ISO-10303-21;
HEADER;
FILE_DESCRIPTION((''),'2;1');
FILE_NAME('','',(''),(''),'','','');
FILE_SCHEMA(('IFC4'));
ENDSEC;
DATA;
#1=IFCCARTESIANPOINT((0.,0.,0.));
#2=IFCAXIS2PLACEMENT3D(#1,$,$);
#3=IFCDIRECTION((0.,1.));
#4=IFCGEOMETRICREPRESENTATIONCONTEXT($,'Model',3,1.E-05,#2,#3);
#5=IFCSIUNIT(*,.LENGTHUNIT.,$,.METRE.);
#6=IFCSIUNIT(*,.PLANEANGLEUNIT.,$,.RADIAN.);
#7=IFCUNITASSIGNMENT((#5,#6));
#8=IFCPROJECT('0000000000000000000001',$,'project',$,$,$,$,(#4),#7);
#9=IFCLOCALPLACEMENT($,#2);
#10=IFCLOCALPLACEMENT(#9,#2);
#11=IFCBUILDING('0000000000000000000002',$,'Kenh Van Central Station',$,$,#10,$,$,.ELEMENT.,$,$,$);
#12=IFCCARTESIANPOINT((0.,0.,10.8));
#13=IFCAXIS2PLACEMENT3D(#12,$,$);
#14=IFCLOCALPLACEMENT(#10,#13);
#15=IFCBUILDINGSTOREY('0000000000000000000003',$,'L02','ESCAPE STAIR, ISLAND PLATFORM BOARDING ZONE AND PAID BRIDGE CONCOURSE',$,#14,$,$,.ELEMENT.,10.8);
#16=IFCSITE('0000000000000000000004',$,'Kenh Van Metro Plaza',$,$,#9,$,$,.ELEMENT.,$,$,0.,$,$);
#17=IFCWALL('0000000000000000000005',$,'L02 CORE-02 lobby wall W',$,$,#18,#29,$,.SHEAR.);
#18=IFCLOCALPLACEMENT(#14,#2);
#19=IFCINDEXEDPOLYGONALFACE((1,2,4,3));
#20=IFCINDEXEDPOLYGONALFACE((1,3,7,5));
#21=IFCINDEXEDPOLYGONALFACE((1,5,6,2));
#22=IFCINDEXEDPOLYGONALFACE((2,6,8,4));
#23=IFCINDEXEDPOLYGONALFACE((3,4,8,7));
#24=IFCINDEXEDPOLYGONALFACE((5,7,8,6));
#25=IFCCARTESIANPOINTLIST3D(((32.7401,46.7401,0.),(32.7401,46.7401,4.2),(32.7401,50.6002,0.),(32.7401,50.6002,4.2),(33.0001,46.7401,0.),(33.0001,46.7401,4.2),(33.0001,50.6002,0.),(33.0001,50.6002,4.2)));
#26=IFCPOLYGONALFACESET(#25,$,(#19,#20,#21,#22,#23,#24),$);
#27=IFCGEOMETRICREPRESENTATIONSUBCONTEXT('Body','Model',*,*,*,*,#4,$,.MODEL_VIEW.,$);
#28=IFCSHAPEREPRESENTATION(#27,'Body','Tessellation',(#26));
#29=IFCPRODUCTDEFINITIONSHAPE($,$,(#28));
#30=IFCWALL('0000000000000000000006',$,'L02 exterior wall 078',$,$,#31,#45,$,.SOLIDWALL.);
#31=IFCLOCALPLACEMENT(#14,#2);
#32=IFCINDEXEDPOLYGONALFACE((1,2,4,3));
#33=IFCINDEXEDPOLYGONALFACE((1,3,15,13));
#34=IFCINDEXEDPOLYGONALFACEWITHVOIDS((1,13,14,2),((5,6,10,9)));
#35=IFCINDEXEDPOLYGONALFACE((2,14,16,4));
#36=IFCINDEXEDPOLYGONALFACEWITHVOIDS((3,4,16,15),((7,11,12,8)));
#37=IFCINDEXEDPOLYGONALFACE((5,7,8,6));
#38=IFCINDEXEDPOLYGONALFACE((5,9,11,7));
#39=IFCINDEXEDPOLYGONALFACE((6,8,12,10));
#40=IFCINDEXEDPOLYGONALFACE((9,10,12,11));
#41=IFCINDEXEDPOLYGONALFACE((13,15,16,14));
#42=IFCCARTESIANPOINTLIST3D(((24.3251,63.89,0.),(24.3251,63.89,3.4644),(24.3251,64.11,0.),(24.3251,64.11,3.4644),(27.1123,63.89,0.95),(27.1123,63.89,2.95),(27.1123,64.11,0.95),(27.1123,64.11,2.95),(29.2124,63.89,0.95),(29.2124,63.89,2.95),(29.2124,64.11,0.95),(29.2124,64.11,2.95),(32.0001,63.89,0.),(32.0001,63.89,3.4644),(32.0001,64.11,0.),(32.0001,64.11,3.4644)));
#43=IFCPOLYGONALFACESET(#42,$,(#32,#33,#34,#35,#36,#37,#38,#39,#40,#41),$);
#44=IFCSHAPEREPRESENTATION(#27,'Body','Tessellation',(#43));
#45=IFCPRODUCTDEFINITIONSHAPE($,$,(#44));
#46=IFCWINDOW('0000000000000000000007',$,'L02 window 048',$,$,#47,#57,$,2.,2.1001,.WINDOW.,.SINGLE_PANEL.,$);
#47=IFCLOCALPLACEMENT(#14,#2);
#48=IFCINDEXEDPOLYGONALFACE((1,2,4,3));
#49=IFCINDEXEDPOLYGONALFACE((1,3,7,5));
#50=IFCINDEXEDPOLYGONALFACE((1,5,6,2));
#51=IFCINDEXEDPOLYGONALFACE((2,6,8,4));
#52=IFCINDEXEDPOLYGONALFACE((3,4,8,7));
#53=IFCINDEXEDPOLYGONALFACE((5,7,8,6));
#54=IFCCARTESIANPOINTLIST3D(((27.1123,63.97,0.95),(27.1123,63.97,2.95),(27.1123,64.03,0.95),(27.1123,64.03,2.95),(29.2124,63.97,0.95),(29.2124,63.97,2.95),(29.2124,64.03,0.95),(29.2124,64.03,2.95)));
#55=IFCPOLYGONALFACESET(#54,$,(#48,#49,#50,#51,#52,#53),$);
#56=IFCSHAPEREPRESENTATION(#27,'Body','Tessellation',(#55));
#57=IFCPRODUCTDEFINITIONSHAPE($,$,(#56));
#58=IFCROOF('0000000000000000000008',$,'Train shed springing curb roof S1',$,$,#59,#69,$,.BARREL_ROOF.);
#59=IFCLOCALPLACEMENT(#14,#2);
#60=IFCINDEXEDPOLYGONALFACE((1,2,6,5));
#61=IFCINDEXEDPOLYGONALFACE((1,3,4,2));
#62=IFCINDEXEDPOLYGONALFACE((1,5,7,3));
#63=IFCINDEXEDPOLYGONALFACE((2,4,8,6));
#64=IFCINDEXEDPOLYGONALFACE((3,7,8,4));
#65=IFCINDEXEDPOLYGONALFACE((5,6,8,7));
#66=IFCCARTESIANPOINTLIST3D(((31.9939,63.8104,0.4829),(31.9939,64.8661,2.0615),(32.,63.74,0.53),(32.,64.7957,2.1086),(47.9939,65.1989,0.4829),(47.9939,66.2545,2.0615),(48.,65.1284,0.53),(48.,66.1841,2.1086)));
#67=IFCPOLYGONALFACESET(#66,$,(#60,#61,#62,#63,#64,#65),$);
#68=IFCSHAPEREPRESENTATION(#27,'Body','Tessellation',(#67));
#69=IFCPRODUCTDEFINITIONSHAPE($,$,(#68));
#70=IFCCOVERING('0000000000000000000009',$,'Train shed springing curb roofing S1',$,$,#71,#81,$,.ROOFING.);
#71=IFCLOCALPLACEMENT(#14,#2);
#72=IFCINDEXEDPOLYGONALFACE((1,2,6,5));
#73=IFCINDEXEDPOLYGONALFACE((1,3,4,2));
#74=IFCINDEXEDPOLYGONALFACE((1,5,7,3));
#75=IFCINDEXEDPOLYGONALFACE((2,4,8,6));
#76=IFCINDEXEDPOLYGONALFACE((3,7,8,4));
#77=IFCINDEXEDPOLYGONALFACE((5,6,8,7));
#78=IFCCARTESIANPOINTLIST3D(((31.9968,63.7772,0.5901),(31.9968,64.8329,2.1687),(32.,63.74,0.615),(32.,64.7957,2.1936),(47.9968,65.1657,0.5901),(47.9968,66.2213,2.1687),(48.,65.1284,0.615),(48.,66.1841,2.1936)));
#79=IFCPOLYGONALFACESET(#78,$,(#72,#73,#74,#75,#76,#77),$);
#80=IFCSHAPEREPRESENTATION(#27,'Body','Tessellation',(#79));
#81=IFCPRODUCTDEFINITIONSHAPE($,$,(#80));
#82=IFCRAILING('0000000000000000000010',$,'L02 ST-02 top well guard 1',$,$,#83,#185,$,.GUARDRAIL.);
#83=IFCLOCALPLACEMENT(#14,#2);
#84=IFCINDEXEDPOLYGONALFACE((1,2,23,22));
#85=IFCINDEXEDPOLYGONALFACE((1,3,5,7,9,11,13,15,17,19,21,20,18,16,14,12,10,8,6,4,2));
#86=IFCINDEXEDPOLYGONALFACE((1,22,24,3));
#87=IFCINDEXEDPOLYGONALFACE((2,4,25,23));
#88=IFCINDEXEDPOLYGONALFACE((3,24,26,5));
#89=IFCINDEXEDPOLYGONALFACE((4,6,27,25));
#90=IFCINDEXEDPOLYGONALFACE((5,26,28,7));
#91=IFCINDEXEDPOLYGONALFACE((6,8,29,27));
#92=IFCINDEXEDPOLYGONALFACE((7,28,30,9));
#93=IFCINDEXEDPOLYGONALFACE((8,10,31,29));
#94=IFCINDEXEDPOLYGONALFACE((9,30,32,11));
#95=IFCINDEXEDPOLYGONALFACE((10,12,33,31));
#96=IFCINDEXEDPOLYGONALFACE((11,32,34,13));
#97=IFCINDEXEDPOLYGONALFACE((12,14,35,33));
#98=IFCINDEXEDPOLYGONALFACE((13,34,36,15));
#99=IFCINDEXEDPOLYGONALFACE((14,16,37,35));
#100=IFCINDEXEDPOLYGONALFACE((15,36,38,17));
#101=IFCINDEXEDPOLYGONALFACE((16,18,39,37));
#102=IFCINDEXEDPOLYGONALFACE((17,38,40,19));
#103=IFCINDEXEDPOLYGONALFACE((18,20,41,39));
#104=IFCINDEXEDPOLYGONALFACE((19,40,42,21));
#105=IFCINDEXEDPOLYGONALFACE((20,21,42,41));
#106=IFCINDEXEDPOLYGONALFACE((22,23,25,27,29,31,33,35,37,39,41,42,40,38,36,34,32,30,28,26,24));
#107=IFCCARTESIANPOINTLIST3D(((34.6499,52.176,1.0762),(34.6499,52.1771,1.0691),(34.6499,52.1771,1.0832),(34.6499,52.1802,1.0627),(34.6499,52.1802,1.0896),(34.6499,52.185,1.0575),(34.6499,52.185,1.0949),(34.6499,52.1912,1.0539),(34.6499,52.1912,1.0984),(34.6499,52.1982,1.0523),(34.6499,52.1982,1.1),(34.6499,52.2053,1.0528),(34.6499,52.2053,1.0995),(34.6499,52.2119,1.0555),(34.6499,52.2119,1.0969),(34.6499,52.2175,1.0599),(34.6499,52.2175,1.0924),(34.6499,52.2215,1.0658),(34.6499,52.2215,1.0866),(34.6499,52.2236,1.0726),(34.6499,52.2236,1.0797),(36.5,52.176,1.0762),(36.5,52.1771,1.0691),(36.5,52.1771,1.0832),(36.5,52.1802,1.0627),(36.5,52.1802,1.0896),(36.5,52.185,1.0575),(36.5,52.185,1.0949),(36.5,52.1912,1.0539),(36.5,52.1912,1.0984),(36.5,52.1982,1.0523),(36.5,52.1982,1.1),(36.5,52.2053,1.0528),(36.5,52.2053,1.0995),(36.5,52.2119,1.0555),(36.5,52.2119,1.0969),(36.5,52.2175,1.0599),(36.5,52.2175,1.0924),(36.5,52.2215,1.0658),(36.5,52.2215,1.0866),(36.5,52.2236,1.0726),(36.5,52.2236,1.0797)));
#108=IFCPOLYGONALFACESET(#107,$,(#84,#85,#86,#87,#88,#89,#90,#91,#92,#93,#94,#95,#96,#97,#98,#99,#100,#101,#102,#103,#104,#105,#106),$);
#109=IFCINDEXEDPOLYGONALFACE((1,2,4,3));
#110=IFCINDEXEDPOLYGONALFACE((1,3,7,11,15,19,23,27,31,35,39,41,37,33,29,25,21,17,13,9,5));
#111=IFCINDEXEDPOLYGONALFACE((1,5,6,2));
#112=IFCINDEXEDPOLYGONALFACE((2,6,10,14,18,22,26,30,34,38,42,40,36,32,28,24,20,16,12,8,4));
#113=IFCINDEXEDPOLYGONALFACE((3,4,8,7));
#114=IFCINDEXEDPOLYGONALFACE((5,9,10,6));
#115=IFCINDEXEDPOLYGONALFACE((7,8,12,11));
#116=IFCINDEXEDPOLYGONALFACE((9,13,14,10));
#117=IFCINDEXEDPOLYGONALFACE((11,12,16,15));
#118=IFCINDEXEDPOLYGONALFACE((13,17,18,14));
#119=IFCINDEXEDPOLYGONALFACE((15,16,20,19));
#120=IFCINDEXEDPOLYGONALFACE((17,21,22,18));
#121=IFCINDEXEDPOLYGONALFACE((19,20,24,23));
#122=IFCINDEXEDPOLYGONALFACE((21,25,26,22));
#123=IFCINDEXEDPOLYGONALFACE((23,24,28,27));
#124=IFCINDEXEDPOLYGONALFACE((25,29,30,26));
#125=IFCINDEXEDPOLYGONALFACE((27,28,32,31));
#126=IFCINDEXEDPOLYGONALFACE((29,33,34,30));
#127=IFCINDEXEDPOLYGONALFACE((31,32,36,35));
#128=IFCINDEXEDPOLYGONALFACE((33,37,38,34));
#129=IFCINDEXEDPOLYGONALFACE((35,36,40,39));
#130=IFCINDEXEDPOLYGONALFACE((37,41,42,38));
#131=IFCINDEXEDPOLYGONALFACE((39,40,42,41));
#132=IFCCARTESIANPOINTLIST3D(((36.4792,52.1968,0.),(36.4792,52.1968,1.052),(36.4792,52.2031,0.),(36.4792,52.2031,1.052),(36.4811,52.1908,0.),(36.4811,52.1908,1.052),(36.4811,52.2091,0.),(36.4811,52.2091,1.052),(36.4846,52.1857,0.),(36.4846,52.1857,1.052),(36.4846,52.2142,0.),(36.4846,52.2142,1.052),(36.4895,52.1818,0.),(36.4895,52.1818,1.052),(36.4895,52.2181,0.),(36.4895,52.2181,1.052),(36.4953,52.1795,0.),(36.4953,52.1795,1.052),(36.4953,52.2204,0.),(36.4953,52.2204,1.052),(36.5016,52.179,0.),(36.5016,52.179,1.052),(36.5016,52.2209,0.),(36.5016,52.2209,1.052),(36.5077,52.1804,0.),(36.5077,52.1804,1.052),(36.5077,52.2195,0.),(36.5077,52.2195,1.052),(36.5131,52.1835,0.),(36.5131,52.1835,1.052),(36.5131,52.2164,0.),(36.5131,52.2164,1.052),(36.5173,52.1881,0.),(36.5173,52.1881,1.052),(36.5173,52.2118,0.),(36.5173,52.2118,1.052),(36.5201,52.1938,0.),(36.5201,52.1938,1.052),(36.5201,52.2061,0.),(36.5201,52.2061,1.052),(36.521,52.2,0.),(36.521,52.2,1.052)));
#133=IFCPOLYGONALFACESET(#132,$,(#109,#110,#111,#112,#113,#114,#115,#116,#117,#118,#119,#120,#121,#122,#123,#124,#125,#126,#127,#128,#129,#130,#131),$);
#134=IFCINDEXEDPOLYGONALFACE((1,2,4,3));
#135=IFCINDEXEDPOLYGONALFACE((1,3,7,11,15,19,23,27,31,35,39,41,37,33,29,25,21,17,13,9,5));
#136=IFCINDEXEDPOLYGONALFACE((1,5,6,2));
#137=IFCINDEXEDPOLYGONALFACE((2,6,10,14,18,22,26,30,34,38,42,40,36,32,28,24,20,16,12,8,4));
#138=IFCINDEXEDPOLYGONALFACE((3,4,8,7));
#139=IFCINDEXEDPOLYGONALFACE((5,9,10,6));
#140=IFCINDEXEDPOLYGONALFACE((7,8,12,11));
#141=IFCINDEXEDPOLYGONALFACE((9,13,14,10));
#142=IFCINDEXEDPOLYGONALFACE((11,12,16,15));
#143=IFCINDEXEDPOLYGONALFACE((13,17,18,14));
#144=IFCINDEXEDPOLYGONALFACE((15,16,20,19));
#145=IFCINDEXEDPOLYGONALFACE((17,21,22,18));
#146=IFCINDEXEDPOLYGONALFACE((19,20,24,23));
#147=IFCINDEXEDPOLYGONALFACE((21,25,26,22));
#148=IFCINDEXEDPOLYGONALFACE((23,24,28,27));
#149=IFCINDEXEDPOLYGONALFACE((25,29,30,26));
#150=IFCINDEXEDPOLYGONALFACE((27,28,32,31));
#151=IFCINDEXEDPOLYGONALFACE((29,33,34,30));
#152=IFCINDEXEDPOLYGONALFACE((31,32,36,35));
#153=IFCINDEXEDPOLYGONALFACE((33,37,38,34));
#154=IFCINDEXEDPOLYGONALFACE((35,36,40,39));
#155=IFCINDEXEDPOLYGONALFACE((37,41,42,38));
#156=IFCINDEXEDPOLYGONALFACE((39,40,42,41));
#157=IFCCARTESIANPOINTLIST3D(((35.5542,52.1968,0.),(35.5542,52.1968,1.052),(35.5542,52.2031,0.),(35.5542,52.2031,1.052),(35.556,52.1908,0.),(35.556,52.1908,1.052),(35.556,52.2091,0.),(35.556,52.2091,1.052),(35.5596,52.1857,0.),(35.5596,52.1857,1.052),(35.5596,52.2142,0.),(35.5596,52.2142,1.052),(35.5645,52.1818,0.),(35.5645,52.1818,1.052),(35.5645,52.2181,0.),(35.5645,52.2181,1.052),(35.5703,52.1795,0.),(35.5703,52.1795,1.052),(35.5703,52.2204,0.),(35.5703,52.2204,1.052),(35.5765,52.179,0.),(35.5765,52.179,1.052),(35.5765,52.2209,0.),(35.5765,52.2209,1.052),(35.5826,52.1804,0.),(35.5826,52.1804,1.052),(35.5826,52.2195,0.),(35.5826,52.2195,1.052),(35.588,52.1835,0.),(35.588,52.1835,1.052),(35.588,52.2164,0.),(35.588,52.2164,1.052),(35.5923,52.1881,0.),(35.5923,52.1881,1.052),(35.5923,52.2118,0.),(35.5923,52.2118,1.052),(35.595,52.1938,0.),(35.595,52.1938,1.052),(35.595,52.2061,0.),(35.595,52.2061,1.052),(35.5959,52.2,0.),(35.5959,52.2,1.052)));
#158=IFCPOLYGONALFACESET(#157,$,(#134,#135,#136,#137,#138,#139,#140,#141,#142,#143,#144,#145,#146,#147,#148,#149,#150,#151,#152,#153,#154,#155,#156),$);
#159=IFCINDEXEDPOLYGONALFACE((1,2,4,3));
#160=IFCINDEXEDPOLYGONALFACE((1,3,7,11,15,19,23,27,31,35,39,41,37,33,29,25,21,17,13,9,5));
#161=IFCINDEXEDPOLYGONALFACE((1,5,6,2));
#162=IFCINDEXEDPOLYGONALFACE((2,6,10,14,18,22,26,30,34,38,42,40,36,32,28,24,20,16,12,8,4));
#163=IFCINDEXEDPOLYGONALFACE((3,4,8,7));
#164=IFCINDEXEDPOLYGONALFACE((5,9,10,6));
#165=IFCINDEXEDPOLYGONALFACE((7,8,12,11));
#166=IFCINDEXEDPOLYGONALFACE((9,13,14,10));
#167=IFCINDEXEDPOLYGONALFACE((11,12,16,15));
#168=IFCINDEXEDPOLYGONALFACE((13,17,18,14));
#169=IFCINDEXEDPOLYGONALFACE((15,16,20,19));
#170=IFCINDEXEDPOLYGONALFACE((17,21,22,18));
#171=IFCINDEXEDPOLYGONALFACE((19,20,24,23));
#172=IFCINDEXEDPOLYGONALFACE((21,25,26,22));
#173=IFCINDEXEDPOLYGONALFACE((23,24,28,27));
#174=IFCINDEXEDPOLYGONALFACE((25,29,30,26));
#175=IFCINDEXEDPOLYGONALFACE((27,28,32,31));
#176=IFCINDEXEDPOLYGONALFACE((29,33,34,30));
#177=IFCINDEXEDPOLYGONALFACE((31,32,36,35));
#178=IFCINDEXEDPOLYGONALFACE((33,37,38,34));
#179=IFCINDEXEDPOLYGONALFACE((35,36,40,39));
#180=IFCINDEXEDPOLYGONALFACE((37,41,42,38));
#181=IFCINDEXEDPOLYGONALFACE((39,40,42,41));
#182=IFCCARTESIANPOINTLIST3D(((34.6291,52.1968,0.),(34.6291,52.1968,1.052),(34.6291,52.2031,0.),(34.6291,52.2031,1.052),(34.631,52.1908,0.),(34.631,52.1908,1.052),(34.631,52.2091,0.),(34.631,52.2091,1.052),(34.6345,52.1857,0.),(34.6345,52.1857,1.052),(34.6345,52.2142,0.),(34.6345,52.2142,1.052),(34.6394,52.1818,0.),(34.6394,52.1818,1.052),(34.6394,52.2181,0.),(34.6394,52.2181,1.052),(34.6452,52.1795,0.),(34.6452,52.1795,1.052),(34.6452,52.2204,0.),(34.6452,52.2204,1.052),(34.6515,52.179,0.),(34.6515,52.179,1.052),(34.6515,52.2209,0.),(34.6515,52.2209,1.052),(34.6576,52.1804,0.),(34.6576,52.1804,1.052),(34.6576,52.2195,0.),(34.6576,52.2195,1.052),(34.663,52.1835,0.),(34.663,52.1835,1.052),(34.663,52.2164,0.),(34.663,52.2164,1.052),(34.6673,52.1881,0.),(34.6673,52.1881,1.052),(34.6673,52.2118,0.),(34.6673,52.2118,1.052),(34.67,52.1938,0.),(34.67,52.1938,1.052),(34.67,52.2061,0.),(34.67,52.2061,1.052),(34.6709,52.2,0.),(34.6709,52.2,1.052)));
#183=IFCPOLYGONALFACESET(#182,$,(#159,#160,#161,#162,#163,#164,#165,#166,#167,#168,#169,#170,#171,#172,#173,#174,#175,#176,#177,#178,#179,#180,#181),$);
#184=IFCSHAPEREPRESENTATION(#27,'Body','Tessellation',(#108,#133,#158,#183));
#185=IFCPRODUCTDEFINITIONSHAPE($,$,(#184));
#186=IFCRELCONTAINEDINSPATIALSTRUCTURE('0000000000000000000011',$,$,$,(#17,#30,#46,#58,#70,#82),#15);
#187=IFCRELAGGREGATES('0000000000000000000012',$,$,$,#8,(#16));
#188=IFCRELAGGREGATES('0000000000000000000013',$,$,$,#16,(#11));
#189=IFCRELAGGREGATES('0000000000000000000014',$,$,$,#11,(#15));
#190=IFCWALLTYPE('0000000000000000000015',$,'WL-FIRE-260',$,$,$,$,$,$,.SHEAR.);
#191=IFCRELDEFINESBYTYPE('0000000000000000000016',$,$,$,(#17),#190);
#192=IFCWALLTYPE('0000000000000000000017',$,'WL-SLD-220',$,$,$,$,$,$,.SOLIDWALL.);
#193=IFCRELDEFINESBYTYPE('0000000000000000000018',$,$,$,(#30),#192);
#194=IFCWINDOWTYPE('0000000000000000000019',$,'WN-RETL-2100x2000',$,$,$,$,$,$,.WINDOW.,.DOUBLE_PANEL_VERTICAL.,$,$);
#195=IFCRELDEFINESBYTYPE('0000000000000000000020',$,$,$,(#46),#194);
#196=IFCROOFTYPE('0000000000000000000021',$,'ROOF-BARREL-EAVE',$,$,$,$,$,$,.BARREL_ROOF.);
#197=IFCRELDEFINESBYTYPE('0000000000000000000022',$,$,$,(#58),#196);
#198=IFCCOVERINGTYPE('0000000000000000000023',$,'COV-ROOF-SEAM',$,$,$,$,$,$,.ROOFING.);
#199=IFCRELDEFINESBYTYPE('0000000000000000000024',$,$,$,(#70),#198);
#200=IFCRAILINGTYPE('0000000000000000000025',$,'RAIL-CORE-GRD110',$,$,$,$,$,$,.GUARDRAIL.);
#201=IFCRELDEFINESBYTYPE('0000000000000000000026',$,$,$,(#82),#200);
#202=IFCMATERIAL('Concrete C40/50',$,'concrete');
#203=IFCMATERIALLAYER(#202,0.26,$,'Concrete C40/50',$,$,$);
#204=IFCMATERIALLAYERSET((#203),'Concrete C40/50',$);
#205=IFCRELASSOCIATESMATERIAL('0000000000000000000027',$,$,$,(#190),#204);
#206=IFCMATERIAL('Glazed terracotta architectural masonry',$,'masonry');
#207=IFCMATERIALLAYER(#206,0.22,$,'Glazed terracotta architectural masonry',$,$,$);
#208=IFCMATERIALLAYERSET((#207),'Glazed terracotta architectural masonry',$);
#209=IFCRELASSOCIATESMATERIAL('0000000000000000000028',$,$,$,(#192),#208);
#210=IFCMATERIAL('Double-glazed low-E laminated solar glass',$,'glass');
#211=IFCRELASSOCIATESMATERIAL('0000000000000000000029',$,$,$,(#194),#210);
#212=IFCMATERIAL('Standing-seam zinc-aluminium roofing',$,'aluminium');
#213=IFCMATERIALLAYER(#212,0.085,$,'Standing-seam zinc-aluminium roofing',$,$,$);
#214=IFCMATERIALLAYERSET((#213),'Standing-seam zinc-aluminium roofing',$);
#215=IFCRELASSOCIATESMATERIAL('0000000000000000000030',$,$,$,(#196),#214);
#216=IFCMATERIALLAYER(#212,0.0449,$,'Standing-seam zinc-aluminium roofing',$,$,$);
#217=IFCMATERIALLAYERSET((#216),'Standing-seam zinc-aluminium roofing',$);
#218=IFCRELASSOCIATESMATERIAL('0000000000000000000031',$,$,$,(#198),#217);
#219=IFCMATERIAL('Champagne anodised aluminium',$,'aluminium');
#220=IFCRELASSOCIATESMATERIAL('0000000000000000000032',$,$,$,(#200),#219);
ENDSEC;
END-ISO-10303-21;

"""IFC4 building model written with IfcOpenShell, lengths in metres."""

from ifc_helpers import new_model, si_unit, direction, frame, frame_2d, origin, origin_2d, place, context, subcontext, project, spatial, polyline, rectangle, circle, outline, extrude, material, layer, layer_set, type_object, element, fill, save


model = new_model("IFC4")

# Units and contexts
model_context = context("Model", 3, precision=1e-05, world=origin(), true_north=direction((0.0, 1.0)))
body_context = subcontext(model_context, "Body", "Model", "MODEL_VIEW")
ifc_project = project(units=[si_unit("LENGTHUNIT", "METRE"), si_unit("PLANEANGLEUNIT", "RADIAN")], contexts=[model_context])

# Site, building, storey
site_placement = place(None, origin())
site = spatial("IfcSite", under=ifc_project, at=site_placement, Name="Kenh Van Metro Plaza", CompositionType="ELEMENT", RefElevation=0.0)
building_placement = place(site_placement, origin())
building = spatial("IfcBuilding", under=site, at=building_placement, Name="Kenh Van Central Station", CompositionType="ELEMENT")
storey_placement = place(building_placement, frame((0.0, 0.0, 10.8)))
storey = spatial("IfcBuildingStorey", under=building, at=storey_placement, Name="L02", Description="ESCAPE STAIR, ISLAND PLATFORM BOARDING ZONE AND PAID BRIDGE CONCOURSE", CompositionType="ELEMENT", Elevation=10.8)

# Shared definitions
ifc_material_1 = material(Name="Double-glazed low-E laminated solar glass", Category="glass")

# Shared definitions
ifc_material_2 = material(Name="Concrete C40/50", Category="concrete")
ifc_material_3 = material(Name="Champagne anodised aluminium", Category="aluminium")

# Wall
ifc_layer_1 = layer(ifc_material_2, 0.26, Name="Concrete C40/50")
ifc_layer_set_1 = layer_set([ifc_layer_1], Name="Concrete C40/50")
wall_type_1 = type_object("IfcWallType", Name="WL-FIRE-260", PredefinedType="SHEAR", material=ifc_layer_set_1)
wall_1_placement = place(storey_placement, frame((32.8701, 46.74, 0.0), z_axis=(0.0, 0.0, 1.0), x_axis=(0.0, 1.0, 0.0)))
element("IfcWall", 1, at=wall_1_placement, inside=storey, type_object=wall_type_1, Name="L02 CORE-02 lobby wall W", PredefinedType="SHEAR", context=body_context, shape_type="SweptSolid", body=[
    extrude(rectangle(XDim=3.8601, YDim=0.26, at=frame_2d((1.9302, 0.0))), origin(), (0.0, 0.0, 1.0), 4.2),
])

# Wall, opening, window
ifc_material_4 = material(Name="Glazed terracotta architectural masonry", Category="masonry")
ifc_layer_2 = layer(ifc_material_4, 0.22, Name="Glazed terracotta architectural masonry")
ifc_layer_set_2 = layer_set([ifc_layer_2], Name="Glazed terracotta architectural masonry")
wall_type_2 = type_object("IfcWallType", Name="WL-SLD-220", PredefinedType="SOLIDWALL", material=ifc_layer_set_2)
wall_2_placement = place(storey_placement, frame((32.0, 64.0, 0.0), z_axis=(0.0, 0.0, 1.0), x_axis=(-1.0, 0.0, 0.0)))
wall_2 = element("IfcWall", 2, at=wall_2_placement, inside=storey, type_object=wall_type_2, Name="L02 exterior wall 078", PredefinedType="SOLIDWALL", context=body_context, shape_type="SweptSolid", body=[
    extrude(rectangle(XDim=7.675, YDim=0.22, at=frame_2d((3.8374, 0.0))), origin(), (0.0, 0.0, 1.0), 3.4644),
])
opening_1_placement = place(wall_2_placement, frame((2.7876, 0.0, 0.95)))
opening_1 = element("IfcOpeningElement", 3, at=opening_1_placement, cuts=wall_2, PredefinedType="OPENING", context=body_context, shape_type="SweptSolid", body=[
    extrude(rectangle(XDim=2.1001, YDim=2.0, at=frame_2d((1.05, 1.0))), frame((0.0, 0.1199, 0.0), z_axis=(0.0, -1.0, 0.0), x_axis=(1.0, 0.0, 0.0)), (0.0, 0.0, 1.0), 0.24),
])
window_type = type_object("IfcWindowType", Name="WN-RETL-2100x2000", PartitioningType="DOUBLE_PANEL_VERTICAL", PredefinedType="WINDOW", material=ifc_material_1)
window_placement = place(opening_1_placement, origin())
window = element("IfcWindow", 4, at=window_placement, inside=storey, type_object=window_type, Name="L02 window 048", OverallHeight=2.0, OverallWidth=2.1001, PartitioningType="SINGLE_PANEL", PredefinedType="WINDOW", context=body_context, shape_type="SweptSolid", body=[
    extrude(rectangle(XDim=2.1001, YDim=2.0, at=frame_2d((1.05, 1.0))), frame((0.0, 0.03, 0.0), z_axis=(0.0, -1.0, 0.0), x_axis=(1.0, 0.0, 0.0)), (0.0, 0.0, 1.0), 0.0601),
])
fill(opening_1, window)

# Roof
ifc_material_5 = material(Name="Standing-seam zinc-aluminium roofing", Category="aluminium")
ifc_layer_3 = layer(ifc_material_5, 0.085, Name="Standing-seam zinc-aluminium roofing")
ifc_layer_set_3 = layer_set([ifc_layer_3], Name="Standing-seam zinc-aluminium roofing")
roof_type = type_object("IfcRoofType", Name="ROOF-BARREL-EAVE", PredefinedType="BARREL_ROOF", material=ifc_layer_set_3)
roof_placement = place(storey_placement, frame((32.0, 63.74, 0.53), z_axis=(0.071947, -0.829104, 0.554446), x_axis=(0.996256, 0.086452, 0.0)))
element("IfcRoof", 5, at=roof_placement, inside=storey, type_object=roof_type, Name="Train shed springing curb roof S1", PredefinedType="BARREL_ROOF", context=body_context, shape_type="SweptSolid", body=[
    extrude(outline(polyline([(0.0, 0.0), (16.0601, 0.0), (16.1514, 1.8969), (0.0913, 1.8969), (0.0, 0.0)])), origin(), (0.0, 0.0, -1.0), 0.085),
])

# Covering
ifc_layer_4 = layer(ifc_material_5, 0.0449, Name="Standing-seam zinc-aluminium roofing")
ifc_layer_set_4 = layer_set([ifc_layer_4], Name="Standing-seam zinc-aluminium roofing")
covering_type = type_object("IfcCoveringType", Name="COV-ROOF-SEAM", PredefinedType="ROOFING", material=ifc_layer_set_4)
covering_placement = place(storey_placement, frame((32.0, 63.74, 0.615), z_axis=(0.071947, -0.829104, 0.554446), x_axis=(0.996256, 0.086452, 0.0)))
element("IfcCovering", 6, at=covering_placement, inside=storey, type_object=covering_type, Name="Train shed springing curb roofing S1", PredefinedType="ROOFING", context=body_context, shape_type="SweptSolid", body=[
    extrude(outline(polyline([(0.0, 0.0), (16.0601, 0.0), (16.1514, 1.8969), (0.0913, 1.8969), (0.0, 0.0)])), origin(), (0.0, 0.0, -1.0), 0.0449),
])

# Railing
railing_type_1 = type_object("IfcRailingType", Name="RAIL-CORE-GRD110", PredefinedType="GUARDRAIL", material=ifc_material_3)
railing_1_placement = place(storey_placement, frame((36.5, 52.2, 0.0)))
element("IfcRailing", 7, at=railing_1_placement, inside=storey, type_object=railing_type_1, Name="L02 ST-02 top well guard 1", PredefinedType="GUARDRAIL", context=body_context, shape_type="SweptSolid", body=[
    extrude(circle(Radius=0.0239, at=origin_2d()), frame((0.0, 0.0, 1.0762), z_axis=(-1.0, 0.0, 0.0), x_axis=(0.0, -1.0, 0.0)), (0.0, 0.0, 1.0), 1.8501),
    extrude(circle(Radius=0.021, at=origin_2d()), origin(), (0.0, 0.0, 1.0), 1.052),
    extrude(circle(Radius=0.021, at=origin_2d()), frame((-0.925, 0.0, 0.0)), (0.0, 0.0, 1.0), 1.052),
    extrude(circle(Radius=0.021, at=origin_2d()), frame((-1.8501, 0.0, 0.0)), (0.0, 0.0, 1.0), 1.052),
])

save(model, "model.ifc")
